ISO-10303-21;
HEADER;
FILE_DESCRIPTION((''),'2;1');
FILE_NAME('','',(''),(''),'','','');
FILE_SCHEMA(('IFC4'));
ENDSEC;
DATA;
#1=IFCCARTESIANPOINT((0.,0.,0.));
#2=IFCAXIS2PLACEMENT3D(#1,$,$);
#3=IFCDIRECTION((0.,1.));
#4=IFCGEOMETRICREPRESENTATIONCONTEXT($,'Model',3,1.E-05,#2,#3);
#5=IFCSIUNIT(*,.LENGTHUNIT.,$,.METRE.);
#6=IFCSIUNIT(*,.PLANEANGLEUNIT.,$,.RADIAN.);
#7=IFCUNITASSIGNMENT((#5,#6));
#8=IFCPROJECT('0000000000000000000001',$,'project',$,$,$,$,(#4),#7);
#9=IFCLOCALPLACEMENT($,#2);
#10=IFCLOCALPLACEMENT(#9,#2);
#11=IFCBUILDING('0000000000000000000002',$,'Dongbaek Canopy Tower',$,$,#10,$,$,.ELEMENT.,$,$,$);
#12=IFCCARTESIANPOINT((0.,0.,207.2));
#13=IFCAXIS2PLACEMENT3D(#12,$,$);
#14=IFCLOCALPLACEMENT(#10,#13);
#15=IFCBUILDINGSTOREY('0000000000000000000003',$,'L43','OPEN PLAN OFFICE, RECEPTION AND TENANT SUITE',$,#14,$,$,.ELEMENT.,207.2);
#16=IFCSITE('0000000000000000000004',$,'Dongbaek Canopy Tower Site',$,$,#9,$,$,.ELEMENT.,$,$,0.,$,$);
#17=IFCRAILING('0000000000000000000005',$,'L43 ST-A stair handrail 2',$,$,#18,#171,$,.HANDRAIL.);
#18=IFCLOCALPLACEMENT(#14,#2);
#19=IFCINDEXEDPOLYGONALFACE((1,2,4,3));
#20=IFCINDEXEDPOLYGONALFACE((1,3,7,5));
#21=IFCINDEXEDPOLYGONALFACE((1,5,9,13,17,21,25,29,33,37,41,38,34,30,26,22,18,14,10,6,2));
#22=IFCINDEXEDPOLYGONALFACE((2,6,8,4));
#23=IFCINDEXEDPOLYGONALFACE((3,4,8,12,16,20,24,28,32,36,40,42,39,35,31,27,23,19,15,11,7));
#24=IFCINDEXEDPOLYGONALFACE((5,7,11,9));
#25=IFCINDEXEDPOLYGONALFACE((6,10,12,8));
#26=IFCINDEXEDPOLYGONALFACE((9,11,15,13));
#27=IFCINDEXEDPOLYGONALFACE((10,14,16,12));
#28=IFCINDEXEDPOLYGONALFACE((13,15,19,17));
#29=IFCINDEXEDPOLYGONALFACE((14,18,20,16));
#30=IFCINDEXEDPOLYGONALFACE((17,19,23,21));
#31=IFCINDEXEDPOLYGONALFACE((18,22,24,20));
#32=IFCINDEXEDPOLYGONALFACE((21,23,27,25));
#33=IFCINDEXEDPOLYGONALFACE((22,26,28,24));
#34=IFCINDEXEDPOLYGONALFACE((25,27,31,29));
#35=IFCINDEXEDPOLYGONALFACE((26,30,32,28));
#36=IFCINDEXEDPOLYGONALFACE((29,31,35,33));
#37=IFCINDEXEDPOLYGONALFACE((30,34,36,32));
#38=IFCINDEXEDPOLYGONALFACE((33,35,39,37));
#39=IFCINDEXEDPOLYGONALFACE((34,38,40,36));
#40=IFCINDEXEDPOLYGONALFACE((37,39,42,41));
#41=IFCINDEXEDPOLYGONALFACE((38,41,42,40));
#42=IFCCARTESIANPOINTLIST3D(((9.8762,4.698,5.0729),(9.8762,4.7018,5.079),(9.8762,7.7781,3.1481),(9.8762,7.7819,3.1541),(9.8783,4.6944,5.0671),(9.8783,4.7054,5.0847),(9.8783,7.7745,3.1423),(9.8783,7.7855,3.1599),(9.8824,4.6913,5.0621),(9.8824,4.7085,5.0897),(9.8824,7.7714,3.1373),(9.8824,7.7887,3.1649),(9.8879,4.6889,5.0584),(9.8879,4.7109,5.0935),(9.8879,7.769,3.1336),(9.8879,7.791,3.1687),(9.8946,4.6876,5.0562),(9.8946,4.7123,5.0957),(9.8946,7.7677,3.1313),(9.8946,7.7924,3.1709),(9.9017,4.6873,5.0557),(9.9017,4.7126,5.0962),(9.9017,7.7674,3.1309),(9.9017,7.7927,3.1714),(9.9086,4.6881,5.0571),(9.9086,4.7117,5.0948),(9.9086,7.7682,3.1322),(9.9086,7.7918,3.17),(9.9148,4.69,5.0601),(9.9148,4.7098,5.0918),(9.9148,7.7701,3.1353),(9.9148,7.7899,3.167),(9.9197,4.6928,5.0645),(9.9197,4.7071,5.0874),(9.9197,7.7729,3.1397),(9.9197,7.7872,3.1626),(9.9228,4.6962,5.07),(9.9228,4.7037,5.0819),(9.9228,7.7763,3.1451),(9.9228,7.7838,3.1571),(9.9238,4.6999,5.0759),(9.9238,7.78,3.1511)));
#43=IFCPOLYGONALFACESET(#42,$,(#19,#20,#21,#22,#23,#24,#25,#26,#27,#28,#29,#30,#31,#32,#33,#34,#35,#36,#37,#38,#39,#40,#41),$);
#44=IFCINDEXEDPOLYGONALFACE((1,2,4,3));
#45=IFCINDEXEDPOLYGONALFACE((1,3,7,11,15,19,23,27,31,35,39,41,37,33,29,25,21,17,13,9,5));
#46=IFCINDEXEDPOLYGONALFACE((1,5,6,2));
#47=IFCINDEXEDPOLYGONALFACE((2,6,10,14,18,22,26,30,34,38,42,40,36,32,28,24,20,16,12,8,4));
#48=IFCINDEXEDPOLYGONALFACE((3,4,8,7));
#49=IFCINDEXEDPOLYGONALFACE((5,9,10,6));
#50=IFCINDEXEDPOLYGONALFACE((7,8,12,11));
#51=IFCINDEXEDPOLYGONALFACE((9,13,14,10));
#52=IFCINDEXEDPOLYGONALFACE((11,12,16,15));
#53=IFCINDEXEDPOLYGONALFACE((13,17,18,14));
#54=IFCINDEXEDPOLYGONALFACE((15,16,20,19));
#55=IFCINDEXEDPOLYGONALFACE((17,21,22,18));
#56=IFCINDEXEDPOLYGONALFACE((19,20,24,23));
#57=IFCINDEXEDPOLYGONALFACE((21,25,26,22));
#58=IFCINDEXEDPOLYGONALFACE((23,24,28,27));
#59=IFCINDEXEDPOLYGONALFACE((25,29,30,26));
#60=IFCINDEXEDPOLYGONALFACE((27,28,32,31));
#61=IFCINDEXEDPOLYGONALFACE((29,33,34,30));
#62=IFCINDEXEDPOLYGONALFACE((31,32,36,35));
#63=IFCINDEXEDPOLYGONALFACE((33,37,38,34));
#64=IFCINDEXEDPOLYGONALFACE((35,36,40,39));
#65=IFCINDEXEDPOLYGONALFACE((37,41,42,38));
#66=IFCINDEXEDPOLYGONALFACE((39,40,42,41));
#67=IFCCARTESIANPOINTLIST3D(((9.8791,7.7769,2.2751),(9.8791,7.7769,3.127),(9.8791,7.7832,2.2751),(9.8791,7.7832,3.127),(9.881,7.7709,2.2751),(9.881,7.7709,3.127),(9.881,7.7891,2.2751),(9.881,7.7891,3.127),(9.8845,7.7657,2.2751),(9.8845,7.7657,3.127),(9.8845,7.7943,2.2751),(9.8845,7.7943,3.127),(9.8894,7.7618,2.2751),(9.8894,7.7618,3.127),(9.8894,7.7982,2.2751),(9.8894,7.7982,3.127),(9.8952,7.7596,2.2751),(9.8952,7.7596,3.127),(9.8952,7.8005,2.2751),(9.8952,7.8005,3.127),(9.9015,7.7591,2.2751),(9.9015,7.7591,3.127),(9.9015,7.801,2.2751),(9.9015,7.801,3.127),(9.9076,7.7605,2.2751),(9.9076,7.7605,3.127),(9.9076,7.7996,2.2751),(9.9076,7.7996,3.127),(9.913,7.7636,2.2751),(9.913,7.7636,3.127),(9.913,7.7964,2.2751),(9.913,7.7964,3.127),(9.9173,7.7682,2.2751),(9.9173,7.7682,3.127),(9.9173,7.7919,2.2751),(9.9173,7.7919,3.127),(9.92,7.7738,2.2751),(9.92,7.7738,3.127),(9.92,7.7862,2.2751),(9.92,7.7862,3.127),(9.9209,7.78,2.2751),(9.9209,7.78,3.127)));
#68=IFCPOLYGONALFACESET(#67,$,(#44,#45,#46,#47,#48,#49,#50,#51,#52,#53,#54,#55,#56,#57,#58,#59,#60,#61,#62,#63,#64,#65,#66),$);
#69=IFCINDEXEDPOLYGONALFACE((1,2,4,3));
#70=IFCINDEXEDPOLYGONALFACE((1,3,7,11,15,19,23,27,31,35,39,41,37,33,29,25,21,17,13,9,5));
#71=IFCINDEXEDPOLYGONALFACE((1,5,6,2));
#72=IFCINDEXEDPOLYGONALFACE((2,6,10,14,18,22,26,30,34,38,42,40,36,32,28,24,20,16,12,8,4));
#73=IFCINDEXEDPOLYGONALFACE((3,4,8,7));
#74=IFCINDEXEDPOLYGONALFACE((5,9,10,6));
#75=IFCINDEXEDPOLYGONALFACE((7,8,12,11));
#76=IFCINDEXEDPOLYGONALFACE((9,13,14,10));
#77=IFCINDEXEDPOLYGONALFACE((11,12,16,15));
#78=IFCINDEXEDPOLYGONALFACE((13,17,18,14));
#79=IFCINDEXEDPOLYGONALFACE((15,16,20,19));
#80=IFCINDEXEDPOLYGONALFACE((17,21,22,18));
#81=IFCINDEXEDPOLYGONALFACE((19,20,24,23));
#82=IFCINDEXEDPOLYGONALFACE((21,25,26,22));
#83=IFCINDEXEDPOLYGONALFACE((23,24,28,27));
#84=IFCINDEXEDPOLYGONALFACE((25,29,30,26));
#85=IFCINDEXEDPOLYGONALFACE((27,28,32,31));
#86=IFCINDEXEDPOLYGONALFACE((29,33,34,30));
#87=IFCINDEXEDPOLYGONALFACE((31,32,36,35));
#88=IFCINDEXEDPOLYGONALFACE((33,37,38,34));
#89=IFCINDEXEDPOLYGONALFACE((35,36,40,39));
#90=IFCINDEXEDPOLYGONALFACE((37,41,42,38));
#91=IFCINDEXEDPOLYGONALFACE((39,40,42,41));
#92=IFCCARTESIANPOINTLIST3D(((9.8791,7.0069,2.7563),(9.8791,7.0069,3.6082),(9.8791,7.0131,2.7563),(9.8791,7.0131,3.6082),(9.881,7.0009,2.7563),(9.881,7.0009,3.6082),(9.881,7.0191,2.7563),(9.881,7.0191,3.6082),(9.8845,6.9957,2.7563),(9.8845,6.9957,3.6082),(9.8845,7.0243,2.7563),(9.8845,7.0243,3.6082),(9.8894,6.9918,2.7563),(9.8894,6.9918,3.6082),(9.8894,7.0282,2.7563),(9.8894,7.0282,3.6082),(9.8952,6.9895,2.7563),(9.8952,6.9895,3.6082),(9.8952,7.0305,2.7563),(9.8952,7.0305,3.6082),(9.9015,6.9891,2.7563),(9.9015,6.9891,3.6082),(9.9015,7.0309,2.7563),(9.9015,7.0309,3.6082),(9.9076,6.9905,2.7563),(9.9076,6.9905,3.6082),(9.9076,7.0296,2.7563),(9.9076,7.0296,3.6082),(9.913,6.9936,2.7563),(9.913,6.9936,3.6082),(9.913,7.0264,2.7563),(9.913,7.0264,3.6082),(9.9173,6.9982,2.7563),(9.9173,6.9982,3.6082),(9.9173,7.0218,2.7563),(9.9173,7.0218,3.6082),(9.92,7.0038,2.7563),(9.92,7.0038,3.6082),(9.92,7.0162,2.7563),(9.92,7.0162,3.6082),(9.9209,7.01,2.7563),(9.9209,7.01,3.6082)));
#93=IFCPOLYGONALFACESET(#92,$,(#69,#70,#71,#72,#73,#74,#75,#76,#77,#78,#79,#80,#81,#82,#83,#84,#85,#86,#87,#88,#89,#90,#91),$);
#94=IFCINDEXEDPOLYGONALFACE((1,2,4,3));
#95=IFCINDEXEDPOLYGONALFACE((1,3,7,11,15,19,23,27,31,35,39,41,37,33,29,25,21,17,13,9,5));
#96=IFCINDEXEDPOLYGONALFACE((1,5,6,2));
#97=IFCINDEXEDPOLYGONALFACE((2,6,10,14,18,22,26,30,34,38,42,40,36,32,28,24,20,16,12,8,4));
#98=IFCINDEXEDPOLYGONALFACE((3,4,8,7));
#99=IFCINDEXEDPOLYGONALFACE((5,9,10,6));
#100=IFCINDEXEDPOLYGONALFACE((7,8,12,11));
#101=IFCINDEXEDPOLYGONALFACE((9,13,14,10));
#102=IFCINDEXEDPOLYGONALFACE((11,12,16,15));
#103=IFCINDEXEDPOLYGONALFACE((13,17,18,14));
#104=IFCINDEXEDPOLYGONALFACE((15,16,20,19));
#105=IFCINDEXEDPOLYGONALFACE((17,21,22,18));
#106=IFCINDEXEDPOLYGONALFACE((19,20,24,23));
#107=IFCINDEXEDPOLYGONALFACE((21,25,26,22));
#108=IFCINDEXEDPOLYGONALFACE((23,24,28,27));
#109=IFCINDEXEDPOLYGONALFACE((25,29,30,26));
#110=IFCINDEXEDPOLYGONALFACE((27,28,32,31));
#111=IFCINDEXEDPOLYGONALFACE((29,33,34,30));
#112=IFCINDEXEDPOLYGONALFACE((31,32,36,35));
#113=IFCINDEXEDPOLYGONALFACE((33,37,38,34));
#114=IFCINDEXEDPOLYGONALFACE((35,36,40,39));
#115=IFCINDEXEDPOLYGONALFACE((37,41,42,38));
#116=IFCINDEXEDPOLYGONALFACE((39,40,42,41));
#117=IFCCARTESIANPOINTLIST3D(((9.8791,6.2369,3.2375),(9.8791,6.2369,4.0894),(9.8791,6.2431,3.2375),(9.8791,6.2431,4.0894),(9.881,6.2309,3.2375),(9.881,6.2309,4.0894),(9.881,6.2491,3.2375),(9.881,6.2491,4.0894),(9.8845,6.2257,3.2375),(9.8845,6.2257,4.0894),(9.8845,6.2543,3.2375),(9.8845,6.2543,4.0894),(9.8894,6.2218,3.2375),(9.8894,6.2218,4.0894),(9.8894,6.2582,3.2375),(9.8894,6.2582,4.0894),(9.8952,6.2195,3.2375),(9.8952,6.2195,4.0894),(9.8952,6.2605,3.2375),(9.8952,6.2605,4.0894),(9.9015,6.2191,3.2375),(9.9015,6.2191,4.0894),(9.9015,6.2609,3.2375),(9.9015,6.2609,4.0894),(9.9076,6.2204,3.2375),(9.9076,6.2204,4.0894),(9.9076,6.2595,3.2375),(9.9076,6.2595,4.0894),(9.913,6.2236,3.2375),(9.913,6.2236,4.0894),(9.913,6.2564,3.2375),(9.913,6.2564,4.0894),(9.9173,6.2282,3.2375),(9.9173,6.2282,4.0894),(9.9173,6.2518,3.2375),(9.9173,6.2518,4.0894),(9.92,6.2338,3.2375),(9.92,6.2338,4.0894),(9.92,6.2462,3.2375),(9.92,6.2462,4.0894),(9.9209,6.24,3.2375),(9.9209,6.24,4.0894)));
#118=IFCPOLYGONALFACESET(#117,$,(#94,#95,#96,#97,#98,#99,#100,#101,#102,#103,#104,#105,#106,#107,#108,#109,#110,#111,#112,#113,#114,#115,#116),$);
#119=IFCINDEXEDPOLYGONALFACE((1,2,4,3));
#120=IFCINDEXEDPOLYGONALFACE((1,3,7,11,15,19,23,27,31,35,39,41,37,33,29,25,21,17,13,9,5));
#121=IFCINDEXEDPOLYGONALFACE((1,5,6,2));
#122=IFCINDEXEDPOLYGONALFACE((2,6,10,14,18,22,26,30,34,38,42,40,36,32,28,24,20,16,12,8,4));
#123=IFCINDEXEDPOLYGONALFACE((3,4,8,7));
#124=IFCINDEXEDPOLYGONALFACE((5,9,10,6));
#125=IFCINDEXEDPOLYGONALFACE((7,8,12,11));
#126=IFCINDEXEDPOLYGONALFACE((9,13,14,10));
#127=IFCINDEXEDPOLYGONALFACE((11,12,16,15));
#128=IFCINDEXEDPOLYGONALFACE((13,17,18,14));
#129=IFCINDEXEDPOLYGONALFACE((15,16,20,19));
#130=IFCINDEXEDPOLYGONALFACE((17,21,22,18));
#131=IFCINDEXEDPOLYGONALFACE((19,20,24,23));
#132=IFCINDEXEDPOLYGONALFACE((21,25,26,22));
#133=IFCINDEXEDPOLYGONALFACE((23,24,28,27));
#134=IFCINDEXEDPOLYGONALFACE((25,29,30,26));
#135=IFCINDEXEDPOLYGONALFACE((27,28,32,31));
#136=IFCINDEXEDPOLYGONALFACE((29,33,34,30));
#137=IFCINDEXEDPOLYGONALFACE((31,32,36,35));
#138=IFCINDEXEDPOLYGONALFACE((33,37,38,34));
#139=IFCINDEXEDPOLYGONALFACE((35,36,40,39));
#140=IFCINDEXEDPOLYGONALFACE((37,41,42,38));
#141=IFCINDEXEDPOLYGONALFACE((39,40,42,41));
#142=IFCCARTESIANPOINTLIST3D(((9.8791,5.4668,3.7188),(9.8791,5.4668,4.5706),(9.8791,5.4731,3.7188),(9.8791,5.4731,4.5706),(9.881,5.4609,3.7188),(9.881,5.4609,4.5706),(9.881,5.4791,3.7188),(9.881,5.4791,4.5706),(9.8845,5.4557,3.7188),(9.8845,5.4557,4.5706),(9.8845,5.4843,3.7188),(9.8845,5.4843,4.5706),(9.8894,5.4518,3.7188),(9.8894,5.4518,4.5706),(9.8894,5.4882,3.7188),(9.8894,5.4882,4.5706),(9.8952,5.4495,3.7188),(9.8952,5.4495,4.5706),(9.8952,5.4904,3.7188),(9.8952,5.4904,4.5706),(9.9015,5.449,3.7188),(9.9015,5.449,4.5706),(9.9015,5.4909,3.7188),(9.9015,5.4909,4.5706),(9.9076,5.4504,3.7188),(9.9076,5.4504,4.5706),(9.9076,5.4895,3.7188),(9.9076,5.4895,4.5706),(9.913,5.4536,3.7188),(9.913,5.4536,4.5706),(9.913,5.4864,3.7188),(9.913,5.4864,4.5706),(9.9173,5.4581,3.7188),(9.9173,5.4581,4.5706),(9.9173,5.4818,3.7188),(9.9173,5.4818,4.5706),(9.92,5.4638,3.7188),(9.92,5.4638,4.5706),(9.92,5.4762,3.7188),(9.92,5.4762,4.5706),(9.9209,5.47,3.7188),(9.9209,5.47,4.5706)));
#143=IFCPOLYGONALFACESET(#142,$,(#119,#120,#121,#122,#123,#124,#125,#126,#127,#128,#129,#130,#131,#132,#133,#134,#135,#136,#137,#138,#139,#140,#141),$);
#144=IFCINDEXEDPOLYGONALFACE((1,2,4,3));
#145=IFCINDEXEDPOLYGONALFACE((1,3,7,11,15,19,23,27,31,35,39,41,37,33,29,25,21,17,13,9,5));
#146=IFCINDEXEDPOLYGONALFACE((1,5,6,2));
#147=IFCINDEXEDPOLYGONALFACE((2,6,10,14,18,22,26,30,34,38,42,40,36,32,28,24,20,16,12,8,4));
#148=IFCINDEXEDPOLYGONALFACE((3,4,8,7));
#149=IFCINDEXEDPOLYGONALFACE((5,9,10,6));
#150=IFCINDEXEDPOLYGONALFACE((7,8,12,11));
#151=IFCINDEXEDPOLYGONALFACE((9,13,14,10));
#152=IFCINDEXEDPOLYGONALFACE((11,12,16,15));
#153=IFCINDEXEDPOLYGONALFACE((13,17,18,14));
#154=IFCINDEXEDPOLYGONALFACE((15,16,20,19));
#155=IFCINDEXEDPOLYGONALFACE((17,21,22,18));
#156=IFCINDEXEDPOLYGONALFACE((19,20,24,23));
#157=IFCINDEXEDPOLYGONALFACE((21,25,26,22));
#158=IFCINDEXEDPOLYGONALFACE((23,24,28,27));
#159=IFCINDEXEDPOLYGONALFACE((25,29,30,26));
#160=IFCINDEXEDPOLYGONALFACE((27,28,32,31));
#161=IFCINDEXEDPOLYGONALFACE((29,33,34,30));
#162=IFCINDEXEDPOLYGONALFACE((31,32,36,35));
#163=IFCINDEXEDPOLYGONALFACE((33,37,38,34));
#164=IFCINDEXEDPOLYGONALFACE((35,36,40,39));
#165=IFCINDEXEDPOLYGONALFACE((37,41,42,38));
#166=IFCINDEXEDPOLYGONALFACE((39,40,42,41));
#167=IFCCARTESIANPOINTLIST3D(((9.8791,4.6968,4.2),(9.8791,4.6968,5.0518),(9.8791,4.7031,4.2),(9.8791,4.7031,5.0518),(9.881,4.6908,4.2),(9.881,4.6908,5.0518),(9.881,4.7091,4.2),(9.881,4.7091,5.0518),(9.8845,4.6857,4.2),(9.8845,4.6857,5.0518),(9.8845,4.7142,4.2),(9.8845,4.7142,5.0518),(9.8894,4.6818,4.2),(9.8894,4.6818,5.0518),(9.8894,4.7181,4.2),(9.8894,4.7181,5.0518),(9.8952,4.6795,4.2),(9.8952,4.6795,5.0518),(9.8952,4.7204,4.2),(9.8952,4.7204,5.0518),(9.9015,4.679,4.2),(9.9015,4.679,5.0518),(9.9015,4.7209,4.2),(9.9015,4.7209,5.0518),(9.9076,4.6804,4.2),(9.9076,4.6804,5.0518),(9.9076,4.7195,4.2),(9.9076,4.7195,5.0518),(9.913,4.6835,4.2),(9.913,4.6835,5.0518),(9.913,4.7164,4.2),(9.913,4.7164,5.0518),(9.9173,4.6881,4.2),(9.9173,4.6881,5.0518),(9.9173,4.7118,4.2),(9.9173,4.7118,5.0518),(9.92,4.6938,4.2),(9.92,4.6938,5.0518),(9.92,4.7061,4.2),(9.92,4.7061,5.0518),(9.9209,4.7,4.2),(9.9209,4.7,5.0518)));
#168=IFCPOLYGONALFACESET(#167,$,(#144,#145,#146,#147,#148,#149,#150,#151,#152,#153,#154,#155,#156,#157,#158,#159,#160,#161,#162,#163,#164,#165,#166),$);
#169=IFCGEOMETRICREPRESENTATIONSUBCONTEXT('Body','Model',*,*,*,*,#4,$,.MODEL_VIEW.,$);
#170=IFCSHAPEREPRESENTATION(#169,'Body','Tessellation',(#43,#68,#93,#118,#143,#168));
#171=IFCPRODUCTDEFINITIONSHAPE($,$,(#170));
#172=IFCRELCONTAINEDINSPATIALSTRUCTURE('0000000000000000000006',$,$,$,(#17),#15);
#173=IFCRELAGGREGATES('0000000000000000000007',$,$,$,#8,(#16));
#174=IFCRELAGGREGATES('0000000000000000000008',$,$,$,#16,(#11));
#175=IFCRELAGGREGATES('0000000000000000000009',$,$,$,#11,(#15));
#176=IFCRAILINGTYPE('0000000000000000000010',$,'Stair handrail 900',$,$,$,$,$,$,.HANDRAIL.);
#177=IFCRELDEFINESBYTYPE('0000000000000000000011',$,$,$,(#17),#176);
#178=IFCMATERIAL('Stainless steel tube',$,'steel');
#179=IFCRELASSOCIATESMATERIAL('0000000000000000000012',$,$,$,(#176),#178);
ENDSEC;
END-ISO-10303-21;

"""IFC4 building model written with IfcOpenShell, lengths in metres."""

from ifc_helpers import new_model, si_unit, direction, frame, origin, origin_2d, place, context, subcontext, project, spatial, circle, extrude, material, type_object, element, save


model = new_model("IFC4")

# Units and contexts
model_context = context("Model", 3, precision=1e-05, world=origin(), true_north=direction((0.0, 1.0)))
body_context = subcontext(model_context, "Body", "Model", "MODEL_VIEW")
ifc_project = project(units=[si_unit("LENGTHUNIT", "METRE"), si_unit("PLANEANGLEUNIT", "RADIAN")], contexts=[model_context])

# Site, building, storey
site_placement = place(None, origin())
site = spatial("IfcSite", under=ifc_project, at=site_placement, Name="Dongbaek Canopy Tower Site", CompositionType="ELEMENT", RefElevation=0.0)
building_placement = place(site_placement, origin())
building = spatial("IfcBuilding", under=site, at=building_placement, Name="Dongbaek Canopy Tower", CompositionType="ELEMENT")
storey_placement = place(building_placement, frame((0.0, 0.0, 207.2)))
storey = spatial("IfcBuildingStorey", under=building, at=storey_placement, Name="L43", Description="OPEN PLAN OFFICE, RECEPTION AND TENANT SUITE", CompositionType="ELEMENT", Elevation=207.2)

# Railing
ifc_material_1 = material(Name="Stainless steel tube", Category="steel")
railing_type_1 = type_object("IfcRailingType", Name="Stair handrail 900", PredefinedType="HANDRAIL", material=ifc_material_1)
railing_1_placement = place(storey_placement, frame((9.8999, 7.78, 2.2751)))
element("IfcRailing", 1, at=railing_1_placement, inside=storey, type_object=railing_type_1, Name="L43 ST-A stair handrail 2", PredefinedType="HANDRAIL", context=body_context, shape_type="SweptSolid", body=[
    extrude(circle(Radius=0.0239, at=origin_2d()), frame((0.0, 0.0, 0.876), z_axis=(0.0, -0.848029, 0.529951), x_axis=(1.0, 0.0, 0.0)), (0.0, 0.0, 1.0), 3.6321),
    extrude(circle(Radius=0.021, at=origin_2d()), origin(), (0.0, 0.0, 1.0), 0.8518),
    extrude(circle(Radius=0.021, at=origin_2d()), frame((0.0, -0.77, 0.4812)), (0.0, 0.0, 1.0), 0.8518),
    extrude(circle(Radius=0.021, at=origin_2d()), frame((0.0, -1.54, 0.9624)), (0.0, 0.0, 1.0), 0.8518),
    extrude(circle(Radius=0.021, at=origin_2d()), frame((0.0, -2.3101, 1.4436)), (0.0, 0.0, 1.0), 0.8518),
    extrude(circle(Radius=0.021, at=origin_2d()), frame((0.0, -3.0801, 1.9248)), (0.0, 0.0, 1.0), 0.8518),
])

save(model, "model.ifc")
